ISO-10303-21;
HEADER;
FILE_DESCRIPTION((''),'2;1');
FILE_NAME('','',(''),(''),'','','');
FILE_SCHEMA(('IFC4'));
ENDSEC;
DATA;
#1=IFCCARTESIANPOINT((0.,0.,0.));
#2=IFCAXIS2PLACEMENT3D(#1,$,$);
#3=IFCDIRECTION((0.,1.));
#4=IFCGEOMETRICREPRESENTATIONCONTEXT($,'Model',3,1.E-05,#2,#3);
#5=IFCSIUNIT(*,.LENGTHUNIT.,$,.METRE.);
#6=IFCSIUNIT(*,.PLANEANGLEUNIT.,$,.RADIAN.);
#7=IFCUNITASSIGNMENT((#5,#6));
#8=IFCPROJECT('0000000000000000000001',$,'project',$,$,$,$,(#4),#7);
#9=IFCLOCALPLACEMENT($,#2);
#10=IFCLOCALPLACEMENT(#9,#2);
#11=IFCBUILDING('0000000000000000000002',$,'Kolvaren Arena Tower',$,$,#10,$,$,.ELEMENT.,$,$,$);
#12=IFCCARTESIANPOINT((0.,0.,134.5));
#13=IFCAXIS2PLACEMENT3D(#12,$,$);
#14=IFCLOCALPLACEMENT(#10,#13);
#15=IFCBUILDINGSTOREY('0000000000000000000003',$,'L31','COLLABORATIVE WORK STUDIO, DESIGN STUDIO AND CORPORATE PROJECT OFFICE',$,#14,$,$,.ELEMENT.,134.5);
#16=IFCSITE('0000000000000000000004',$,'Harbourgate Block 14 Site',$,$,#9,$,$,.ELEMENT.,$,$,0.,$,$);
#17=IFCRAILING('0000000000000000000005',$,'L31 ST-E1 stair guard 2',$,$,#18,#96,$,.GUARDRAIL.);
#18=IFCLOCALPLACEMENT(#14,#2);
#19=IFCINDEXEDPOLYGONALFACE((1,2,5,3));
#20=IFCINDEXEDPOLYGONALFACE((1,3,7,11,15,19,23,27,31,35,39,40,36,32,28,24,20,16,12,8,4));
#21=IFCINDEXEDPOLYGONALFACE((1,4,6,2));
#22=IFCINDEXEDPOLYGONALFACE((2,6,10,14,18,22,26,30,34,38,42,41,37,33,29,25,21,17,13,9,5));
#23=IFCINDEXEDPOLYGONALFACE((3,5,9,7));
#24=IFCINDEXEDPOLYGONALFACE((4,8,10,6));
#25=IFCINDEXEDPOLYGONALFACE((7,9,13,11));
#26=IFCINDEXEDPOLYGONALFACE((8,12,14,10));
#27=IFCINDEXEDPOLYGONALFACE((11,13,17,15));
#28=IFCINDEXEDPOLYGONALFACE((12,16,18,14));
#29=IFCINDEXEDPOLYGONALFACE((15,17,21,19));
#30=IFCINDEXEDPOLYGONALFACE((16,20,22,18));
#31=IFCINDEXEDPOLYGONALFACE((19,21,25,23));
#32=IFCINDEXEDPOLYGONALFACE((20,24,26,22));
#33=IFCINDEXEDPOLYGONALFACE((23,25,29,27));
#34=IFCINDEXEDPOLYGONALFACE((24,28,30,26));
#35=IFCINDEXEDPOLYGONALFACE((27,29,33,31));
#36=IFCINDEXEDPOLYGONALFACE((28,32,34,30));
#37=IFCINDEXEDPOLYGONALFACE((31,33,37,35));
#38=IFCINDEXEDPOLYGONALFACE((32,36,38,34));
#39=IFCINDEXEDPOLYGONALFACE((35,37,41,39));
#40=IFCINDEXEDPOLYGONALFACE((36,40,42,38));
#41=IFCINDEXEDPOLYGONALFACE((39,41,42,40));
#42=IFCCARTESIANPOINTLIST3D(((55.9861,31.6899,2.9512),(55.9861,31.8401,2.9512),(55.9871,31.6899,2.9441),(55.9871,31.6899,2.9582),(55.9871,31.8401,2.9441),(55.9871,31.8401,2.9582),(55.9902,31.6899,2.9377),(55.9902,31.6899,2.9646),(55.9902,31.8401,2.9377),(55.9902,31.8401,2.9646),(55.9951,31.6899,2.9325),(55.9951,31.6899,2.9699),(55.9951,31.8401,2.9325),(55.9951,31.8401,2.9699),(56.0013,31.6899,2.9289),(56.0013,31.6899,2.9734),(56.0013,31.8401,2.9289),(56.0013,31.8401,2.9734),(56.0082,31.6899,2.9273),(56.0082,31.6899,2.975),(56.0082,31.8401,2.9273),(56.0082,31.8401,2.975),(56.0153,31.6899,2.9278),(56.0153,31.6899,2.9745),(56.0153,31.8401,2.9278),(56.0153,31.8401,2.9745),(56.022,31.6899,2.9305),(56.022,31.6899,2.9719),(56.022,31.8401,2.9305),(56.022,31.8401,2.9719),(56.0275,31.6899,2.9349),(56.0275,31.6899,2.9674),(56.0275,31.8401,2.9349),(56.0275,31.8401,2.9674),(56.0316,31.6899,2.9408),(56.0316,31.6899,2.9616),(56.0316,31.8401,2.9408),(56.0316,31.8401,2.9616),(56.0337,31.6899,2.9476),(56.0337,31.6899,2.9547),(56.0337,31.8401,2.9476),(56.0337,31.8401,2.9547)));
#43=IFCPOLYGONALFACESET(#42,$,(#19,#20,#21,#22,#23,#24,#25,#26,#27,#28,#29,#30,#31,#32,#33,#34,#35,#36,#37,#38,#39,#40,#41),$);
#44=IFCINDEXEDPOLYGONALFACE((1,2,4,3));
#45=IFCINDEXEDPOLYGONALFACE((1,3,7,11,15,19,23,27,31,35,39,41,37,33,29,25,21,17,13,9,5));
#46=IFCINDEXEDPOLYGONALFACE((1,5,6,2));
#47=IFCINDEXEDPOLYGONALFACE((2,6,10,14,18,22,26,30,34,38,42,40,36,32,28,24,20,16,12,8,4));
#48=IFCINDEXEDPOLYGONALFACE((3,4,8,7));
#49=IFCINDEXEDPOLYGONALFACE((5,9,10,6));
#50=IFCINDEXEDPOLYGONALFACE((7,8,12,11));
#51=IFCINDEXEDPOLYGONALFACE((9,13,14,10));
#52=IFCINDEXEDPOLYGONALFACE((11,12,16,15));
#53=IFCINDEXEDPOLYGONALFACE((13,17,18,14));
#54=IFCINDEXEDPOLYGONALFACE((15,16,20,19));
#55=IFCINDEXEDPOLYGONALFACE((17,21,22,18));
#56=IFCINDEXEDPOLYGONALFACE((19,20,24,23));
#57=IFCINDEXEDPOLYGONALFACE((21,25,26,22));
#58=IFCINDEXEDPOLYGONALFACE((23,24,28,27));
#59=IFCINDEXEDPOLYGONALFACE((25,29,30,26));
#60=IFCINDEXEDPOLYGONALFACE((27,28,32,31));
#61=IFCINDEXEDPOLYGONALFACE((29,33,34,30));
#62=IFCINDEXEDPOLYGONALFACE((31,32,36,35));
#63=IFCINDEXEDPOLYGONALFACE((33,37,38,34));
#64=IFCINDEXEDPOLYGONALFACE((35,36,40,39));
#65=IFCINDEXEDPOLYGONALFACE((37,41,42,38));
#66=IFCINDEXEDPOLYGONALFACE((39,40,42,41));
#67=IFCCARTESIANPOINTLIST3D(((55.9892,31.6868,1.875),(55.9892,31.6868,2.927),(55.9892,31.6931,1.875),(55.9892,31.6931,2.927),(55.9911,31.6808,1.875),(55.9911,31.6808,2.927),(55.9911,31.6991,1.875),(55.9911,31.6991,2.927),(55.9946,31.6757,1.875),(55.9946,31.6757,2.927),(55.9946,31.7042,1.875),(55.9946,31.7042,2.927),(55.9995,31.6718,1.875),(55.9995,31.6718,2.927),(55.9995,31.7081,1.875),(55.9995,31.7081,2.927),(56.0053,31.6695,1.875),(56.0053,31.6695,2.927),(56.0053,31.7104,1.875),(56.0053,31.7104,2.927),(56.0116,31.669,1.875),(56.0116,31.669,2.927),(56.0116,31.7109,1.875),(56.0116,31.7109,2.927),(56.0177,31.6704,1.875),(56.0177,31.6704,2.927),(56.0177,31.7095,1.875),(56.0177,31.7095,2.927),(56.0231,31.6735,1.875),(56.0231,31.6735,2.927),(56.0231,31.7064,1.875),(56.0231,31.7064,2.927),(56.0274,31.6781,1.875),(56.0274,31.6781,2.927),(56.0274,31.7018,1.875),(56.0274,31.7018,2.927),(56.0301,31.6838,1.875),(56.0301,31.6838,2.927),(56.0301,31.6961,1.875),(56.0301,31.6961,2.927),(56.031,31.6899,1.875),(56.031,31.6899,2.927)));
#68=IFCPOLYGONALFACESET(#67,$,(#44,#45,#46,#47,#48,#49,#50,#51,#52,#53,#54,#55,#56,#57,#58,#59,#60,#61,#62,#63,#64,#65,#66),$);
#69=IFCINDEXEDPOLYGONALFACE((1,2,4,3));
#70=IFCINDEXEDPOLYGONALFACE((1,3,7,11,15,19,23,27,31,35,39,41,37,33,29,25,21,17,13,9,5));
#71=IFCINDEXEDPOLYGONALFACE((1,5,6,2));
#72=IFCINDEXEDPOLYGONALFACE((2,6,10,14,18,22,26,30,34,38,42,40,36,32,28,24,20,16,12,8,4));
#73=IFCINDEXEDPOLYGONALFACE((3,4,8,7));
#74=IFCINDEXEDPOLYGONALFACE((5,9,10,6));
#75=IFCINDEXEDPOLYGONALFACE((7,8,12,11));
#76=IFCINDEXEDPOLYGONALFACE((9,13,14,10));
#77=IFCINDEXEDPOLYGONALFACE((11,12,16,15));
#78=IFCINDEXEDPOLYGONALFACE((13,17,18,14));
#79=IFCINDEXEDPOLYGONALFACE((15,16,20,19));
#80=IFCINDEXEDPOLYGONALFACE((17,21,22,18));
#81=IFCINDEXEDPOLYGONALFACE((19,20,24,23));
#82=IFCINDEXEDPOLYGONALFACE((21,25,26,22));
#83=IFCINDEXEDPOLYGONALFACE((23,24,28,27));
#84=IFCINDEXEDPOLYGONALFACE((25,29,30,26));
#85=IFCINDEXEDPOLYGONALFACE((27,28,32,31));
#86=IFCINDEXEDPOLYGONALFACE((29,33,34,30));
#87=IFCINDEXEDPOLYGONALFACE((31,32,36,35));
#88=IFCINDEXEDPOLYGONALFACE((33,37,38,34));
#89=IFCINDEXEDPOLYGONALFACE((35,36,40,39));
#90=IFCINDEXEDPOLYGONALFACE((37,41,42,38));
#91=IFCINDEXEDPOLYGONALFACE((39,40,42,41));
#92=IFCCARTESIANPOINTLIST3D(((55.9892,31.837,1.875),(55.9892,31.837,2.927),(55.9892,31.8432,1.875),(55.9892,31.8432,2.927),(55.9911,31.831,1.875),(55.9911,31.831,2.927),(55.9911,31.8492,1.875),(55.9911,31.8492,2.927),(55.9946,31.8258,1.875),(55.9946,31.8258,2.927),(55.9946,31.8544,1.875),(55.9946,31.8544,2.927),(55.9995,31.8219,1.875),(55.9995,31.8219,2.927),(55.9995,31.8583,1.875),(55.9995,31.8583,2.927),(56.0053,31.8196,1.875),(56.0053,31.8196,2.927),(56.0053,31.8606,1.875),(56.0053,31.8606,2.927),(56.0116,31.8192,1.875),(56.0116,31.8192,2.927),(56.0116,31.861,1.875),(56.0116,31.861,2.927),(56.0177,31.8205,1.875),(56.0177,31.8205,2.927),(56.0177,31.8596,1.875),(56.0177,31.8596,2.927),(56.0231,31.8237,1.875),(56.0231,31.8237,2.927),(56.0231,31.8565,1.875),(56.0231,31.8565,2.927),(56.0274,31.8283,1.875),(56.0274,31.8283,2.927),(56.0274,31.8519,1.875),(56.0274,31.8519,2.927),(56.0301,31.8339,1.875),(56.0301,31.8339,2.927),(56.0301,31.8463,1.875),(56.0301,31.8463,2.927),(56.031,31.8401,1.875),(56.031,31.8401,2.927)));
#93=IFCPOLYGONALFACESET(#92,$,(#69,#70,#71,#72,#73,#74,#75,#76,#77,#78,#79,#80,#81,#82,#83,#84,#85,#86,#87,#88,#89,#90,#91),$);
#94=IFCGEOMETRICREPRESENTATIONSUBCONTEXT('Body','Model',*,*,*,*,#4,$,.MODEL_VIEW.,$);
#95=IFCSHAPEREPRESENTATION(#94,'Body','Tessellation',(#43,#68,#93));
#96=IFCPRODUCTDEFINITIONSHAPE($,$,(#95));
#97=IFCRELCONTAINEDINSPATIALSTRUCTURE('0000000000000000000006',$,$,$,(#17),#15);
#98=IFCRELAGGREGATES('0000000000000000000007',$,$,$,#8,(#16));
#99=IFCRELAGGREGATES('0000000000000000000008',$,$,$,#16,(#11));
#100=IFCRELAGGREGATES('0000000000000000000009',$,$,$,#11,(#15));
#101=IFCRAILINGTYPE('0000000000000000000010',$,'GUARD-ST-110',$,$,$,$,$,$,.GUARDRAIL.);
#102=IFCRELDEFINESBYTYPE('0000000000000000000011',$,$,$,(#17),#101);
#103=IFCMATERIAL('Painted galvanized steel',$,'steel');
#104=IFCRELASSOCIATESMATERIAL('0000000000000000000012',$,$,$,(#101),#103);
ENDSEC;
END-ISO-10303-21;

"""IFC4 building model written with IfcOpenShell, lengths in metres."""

from ifc_helpers import new_model, si_unit, direction, frame, origin, origin_2d, place, context, subcontext, project, spatial, circle, extrude, material, type_object, element, save


model = new_model("IFC4")

# Units and contexts
model_context = context("Model", 3, precision=1e-05, world=origin(), true_north=direction((0.0, 1.0)))
body_context = subcontext(model_context, "Body", "Model", "MODEL_VIEW")
ifc_project = project(units=[si_unit("LENGTHUNIT", "METRE"), si_unit("PLANEANGLEUNIT", "RADIAN")], contexts=[model_context])

# Site, building, storey
site_placement = place(None, origin())
site = spatial("IfcSite", under=ifc_project, at=site_placement, Name="Harbourgate Block 14 Site", CompositionType="ELEMENT", RefElevation=0.0)
building_placement = place(site_placement, origin())
building = spatial("IfcBuilding", under=site, at=building_placement, Name="Kolvaren Arena Tower", CompositionType="ELEMENT")
storey_placement = place(building_placement, frame((0.0, 0.0, 134.5)))
storey = spatial("IfcBuildingStorey", under=building, at=storey_placement, Name="L31", Description="COLLABORATIVE WORK STUDIO, DESIGN STUDIO AND CORPORATE PROJECT OFFICE", CompositionType="ELEMENT", Elevation=134.5)

# Railing
ifc_material_1 = material(Name="Painted galvanized steel", Category="steel")
railing_type_1 = type_object("IfcRailingType", Name="GUARD-ST-110", PredefinedType="GUARDRAIL", material=ifc_material_1)
railing_1_placement = place(storey_placement, frame((56.01, 31.6899, 1.875)))
element("IfcRailing", 1, at=railing_1_placement, inside=storey, type_object=railing_type_1, Name="L31 ST-E1 stair guard 2", PredefinedType="GUARDRAIL", context=body_context, shape_type="SweptSolid", body=[
    extrude(circle(Radius=0.0239, at=origin_2d()), frame((0.0, 0.0, 1.0762), z_axis=(0.0, 1.0, 0.0), x_axis=(-1.0, 0.0, 0.0)), (0.0, 0.0, 1.0), 0.1501),
    extrude(circle(Radius=0.021, at=origin_2d()), origin(), (0.0, 0.0, 1.0), 1.052),
    extrude(circle(Radius=0.021, at=origin_2d()), frame((0.0, 0.1501, 0.0)), (0.0, 0.0, 1.0), 1.052),
])

save(model, "model.ifc")
